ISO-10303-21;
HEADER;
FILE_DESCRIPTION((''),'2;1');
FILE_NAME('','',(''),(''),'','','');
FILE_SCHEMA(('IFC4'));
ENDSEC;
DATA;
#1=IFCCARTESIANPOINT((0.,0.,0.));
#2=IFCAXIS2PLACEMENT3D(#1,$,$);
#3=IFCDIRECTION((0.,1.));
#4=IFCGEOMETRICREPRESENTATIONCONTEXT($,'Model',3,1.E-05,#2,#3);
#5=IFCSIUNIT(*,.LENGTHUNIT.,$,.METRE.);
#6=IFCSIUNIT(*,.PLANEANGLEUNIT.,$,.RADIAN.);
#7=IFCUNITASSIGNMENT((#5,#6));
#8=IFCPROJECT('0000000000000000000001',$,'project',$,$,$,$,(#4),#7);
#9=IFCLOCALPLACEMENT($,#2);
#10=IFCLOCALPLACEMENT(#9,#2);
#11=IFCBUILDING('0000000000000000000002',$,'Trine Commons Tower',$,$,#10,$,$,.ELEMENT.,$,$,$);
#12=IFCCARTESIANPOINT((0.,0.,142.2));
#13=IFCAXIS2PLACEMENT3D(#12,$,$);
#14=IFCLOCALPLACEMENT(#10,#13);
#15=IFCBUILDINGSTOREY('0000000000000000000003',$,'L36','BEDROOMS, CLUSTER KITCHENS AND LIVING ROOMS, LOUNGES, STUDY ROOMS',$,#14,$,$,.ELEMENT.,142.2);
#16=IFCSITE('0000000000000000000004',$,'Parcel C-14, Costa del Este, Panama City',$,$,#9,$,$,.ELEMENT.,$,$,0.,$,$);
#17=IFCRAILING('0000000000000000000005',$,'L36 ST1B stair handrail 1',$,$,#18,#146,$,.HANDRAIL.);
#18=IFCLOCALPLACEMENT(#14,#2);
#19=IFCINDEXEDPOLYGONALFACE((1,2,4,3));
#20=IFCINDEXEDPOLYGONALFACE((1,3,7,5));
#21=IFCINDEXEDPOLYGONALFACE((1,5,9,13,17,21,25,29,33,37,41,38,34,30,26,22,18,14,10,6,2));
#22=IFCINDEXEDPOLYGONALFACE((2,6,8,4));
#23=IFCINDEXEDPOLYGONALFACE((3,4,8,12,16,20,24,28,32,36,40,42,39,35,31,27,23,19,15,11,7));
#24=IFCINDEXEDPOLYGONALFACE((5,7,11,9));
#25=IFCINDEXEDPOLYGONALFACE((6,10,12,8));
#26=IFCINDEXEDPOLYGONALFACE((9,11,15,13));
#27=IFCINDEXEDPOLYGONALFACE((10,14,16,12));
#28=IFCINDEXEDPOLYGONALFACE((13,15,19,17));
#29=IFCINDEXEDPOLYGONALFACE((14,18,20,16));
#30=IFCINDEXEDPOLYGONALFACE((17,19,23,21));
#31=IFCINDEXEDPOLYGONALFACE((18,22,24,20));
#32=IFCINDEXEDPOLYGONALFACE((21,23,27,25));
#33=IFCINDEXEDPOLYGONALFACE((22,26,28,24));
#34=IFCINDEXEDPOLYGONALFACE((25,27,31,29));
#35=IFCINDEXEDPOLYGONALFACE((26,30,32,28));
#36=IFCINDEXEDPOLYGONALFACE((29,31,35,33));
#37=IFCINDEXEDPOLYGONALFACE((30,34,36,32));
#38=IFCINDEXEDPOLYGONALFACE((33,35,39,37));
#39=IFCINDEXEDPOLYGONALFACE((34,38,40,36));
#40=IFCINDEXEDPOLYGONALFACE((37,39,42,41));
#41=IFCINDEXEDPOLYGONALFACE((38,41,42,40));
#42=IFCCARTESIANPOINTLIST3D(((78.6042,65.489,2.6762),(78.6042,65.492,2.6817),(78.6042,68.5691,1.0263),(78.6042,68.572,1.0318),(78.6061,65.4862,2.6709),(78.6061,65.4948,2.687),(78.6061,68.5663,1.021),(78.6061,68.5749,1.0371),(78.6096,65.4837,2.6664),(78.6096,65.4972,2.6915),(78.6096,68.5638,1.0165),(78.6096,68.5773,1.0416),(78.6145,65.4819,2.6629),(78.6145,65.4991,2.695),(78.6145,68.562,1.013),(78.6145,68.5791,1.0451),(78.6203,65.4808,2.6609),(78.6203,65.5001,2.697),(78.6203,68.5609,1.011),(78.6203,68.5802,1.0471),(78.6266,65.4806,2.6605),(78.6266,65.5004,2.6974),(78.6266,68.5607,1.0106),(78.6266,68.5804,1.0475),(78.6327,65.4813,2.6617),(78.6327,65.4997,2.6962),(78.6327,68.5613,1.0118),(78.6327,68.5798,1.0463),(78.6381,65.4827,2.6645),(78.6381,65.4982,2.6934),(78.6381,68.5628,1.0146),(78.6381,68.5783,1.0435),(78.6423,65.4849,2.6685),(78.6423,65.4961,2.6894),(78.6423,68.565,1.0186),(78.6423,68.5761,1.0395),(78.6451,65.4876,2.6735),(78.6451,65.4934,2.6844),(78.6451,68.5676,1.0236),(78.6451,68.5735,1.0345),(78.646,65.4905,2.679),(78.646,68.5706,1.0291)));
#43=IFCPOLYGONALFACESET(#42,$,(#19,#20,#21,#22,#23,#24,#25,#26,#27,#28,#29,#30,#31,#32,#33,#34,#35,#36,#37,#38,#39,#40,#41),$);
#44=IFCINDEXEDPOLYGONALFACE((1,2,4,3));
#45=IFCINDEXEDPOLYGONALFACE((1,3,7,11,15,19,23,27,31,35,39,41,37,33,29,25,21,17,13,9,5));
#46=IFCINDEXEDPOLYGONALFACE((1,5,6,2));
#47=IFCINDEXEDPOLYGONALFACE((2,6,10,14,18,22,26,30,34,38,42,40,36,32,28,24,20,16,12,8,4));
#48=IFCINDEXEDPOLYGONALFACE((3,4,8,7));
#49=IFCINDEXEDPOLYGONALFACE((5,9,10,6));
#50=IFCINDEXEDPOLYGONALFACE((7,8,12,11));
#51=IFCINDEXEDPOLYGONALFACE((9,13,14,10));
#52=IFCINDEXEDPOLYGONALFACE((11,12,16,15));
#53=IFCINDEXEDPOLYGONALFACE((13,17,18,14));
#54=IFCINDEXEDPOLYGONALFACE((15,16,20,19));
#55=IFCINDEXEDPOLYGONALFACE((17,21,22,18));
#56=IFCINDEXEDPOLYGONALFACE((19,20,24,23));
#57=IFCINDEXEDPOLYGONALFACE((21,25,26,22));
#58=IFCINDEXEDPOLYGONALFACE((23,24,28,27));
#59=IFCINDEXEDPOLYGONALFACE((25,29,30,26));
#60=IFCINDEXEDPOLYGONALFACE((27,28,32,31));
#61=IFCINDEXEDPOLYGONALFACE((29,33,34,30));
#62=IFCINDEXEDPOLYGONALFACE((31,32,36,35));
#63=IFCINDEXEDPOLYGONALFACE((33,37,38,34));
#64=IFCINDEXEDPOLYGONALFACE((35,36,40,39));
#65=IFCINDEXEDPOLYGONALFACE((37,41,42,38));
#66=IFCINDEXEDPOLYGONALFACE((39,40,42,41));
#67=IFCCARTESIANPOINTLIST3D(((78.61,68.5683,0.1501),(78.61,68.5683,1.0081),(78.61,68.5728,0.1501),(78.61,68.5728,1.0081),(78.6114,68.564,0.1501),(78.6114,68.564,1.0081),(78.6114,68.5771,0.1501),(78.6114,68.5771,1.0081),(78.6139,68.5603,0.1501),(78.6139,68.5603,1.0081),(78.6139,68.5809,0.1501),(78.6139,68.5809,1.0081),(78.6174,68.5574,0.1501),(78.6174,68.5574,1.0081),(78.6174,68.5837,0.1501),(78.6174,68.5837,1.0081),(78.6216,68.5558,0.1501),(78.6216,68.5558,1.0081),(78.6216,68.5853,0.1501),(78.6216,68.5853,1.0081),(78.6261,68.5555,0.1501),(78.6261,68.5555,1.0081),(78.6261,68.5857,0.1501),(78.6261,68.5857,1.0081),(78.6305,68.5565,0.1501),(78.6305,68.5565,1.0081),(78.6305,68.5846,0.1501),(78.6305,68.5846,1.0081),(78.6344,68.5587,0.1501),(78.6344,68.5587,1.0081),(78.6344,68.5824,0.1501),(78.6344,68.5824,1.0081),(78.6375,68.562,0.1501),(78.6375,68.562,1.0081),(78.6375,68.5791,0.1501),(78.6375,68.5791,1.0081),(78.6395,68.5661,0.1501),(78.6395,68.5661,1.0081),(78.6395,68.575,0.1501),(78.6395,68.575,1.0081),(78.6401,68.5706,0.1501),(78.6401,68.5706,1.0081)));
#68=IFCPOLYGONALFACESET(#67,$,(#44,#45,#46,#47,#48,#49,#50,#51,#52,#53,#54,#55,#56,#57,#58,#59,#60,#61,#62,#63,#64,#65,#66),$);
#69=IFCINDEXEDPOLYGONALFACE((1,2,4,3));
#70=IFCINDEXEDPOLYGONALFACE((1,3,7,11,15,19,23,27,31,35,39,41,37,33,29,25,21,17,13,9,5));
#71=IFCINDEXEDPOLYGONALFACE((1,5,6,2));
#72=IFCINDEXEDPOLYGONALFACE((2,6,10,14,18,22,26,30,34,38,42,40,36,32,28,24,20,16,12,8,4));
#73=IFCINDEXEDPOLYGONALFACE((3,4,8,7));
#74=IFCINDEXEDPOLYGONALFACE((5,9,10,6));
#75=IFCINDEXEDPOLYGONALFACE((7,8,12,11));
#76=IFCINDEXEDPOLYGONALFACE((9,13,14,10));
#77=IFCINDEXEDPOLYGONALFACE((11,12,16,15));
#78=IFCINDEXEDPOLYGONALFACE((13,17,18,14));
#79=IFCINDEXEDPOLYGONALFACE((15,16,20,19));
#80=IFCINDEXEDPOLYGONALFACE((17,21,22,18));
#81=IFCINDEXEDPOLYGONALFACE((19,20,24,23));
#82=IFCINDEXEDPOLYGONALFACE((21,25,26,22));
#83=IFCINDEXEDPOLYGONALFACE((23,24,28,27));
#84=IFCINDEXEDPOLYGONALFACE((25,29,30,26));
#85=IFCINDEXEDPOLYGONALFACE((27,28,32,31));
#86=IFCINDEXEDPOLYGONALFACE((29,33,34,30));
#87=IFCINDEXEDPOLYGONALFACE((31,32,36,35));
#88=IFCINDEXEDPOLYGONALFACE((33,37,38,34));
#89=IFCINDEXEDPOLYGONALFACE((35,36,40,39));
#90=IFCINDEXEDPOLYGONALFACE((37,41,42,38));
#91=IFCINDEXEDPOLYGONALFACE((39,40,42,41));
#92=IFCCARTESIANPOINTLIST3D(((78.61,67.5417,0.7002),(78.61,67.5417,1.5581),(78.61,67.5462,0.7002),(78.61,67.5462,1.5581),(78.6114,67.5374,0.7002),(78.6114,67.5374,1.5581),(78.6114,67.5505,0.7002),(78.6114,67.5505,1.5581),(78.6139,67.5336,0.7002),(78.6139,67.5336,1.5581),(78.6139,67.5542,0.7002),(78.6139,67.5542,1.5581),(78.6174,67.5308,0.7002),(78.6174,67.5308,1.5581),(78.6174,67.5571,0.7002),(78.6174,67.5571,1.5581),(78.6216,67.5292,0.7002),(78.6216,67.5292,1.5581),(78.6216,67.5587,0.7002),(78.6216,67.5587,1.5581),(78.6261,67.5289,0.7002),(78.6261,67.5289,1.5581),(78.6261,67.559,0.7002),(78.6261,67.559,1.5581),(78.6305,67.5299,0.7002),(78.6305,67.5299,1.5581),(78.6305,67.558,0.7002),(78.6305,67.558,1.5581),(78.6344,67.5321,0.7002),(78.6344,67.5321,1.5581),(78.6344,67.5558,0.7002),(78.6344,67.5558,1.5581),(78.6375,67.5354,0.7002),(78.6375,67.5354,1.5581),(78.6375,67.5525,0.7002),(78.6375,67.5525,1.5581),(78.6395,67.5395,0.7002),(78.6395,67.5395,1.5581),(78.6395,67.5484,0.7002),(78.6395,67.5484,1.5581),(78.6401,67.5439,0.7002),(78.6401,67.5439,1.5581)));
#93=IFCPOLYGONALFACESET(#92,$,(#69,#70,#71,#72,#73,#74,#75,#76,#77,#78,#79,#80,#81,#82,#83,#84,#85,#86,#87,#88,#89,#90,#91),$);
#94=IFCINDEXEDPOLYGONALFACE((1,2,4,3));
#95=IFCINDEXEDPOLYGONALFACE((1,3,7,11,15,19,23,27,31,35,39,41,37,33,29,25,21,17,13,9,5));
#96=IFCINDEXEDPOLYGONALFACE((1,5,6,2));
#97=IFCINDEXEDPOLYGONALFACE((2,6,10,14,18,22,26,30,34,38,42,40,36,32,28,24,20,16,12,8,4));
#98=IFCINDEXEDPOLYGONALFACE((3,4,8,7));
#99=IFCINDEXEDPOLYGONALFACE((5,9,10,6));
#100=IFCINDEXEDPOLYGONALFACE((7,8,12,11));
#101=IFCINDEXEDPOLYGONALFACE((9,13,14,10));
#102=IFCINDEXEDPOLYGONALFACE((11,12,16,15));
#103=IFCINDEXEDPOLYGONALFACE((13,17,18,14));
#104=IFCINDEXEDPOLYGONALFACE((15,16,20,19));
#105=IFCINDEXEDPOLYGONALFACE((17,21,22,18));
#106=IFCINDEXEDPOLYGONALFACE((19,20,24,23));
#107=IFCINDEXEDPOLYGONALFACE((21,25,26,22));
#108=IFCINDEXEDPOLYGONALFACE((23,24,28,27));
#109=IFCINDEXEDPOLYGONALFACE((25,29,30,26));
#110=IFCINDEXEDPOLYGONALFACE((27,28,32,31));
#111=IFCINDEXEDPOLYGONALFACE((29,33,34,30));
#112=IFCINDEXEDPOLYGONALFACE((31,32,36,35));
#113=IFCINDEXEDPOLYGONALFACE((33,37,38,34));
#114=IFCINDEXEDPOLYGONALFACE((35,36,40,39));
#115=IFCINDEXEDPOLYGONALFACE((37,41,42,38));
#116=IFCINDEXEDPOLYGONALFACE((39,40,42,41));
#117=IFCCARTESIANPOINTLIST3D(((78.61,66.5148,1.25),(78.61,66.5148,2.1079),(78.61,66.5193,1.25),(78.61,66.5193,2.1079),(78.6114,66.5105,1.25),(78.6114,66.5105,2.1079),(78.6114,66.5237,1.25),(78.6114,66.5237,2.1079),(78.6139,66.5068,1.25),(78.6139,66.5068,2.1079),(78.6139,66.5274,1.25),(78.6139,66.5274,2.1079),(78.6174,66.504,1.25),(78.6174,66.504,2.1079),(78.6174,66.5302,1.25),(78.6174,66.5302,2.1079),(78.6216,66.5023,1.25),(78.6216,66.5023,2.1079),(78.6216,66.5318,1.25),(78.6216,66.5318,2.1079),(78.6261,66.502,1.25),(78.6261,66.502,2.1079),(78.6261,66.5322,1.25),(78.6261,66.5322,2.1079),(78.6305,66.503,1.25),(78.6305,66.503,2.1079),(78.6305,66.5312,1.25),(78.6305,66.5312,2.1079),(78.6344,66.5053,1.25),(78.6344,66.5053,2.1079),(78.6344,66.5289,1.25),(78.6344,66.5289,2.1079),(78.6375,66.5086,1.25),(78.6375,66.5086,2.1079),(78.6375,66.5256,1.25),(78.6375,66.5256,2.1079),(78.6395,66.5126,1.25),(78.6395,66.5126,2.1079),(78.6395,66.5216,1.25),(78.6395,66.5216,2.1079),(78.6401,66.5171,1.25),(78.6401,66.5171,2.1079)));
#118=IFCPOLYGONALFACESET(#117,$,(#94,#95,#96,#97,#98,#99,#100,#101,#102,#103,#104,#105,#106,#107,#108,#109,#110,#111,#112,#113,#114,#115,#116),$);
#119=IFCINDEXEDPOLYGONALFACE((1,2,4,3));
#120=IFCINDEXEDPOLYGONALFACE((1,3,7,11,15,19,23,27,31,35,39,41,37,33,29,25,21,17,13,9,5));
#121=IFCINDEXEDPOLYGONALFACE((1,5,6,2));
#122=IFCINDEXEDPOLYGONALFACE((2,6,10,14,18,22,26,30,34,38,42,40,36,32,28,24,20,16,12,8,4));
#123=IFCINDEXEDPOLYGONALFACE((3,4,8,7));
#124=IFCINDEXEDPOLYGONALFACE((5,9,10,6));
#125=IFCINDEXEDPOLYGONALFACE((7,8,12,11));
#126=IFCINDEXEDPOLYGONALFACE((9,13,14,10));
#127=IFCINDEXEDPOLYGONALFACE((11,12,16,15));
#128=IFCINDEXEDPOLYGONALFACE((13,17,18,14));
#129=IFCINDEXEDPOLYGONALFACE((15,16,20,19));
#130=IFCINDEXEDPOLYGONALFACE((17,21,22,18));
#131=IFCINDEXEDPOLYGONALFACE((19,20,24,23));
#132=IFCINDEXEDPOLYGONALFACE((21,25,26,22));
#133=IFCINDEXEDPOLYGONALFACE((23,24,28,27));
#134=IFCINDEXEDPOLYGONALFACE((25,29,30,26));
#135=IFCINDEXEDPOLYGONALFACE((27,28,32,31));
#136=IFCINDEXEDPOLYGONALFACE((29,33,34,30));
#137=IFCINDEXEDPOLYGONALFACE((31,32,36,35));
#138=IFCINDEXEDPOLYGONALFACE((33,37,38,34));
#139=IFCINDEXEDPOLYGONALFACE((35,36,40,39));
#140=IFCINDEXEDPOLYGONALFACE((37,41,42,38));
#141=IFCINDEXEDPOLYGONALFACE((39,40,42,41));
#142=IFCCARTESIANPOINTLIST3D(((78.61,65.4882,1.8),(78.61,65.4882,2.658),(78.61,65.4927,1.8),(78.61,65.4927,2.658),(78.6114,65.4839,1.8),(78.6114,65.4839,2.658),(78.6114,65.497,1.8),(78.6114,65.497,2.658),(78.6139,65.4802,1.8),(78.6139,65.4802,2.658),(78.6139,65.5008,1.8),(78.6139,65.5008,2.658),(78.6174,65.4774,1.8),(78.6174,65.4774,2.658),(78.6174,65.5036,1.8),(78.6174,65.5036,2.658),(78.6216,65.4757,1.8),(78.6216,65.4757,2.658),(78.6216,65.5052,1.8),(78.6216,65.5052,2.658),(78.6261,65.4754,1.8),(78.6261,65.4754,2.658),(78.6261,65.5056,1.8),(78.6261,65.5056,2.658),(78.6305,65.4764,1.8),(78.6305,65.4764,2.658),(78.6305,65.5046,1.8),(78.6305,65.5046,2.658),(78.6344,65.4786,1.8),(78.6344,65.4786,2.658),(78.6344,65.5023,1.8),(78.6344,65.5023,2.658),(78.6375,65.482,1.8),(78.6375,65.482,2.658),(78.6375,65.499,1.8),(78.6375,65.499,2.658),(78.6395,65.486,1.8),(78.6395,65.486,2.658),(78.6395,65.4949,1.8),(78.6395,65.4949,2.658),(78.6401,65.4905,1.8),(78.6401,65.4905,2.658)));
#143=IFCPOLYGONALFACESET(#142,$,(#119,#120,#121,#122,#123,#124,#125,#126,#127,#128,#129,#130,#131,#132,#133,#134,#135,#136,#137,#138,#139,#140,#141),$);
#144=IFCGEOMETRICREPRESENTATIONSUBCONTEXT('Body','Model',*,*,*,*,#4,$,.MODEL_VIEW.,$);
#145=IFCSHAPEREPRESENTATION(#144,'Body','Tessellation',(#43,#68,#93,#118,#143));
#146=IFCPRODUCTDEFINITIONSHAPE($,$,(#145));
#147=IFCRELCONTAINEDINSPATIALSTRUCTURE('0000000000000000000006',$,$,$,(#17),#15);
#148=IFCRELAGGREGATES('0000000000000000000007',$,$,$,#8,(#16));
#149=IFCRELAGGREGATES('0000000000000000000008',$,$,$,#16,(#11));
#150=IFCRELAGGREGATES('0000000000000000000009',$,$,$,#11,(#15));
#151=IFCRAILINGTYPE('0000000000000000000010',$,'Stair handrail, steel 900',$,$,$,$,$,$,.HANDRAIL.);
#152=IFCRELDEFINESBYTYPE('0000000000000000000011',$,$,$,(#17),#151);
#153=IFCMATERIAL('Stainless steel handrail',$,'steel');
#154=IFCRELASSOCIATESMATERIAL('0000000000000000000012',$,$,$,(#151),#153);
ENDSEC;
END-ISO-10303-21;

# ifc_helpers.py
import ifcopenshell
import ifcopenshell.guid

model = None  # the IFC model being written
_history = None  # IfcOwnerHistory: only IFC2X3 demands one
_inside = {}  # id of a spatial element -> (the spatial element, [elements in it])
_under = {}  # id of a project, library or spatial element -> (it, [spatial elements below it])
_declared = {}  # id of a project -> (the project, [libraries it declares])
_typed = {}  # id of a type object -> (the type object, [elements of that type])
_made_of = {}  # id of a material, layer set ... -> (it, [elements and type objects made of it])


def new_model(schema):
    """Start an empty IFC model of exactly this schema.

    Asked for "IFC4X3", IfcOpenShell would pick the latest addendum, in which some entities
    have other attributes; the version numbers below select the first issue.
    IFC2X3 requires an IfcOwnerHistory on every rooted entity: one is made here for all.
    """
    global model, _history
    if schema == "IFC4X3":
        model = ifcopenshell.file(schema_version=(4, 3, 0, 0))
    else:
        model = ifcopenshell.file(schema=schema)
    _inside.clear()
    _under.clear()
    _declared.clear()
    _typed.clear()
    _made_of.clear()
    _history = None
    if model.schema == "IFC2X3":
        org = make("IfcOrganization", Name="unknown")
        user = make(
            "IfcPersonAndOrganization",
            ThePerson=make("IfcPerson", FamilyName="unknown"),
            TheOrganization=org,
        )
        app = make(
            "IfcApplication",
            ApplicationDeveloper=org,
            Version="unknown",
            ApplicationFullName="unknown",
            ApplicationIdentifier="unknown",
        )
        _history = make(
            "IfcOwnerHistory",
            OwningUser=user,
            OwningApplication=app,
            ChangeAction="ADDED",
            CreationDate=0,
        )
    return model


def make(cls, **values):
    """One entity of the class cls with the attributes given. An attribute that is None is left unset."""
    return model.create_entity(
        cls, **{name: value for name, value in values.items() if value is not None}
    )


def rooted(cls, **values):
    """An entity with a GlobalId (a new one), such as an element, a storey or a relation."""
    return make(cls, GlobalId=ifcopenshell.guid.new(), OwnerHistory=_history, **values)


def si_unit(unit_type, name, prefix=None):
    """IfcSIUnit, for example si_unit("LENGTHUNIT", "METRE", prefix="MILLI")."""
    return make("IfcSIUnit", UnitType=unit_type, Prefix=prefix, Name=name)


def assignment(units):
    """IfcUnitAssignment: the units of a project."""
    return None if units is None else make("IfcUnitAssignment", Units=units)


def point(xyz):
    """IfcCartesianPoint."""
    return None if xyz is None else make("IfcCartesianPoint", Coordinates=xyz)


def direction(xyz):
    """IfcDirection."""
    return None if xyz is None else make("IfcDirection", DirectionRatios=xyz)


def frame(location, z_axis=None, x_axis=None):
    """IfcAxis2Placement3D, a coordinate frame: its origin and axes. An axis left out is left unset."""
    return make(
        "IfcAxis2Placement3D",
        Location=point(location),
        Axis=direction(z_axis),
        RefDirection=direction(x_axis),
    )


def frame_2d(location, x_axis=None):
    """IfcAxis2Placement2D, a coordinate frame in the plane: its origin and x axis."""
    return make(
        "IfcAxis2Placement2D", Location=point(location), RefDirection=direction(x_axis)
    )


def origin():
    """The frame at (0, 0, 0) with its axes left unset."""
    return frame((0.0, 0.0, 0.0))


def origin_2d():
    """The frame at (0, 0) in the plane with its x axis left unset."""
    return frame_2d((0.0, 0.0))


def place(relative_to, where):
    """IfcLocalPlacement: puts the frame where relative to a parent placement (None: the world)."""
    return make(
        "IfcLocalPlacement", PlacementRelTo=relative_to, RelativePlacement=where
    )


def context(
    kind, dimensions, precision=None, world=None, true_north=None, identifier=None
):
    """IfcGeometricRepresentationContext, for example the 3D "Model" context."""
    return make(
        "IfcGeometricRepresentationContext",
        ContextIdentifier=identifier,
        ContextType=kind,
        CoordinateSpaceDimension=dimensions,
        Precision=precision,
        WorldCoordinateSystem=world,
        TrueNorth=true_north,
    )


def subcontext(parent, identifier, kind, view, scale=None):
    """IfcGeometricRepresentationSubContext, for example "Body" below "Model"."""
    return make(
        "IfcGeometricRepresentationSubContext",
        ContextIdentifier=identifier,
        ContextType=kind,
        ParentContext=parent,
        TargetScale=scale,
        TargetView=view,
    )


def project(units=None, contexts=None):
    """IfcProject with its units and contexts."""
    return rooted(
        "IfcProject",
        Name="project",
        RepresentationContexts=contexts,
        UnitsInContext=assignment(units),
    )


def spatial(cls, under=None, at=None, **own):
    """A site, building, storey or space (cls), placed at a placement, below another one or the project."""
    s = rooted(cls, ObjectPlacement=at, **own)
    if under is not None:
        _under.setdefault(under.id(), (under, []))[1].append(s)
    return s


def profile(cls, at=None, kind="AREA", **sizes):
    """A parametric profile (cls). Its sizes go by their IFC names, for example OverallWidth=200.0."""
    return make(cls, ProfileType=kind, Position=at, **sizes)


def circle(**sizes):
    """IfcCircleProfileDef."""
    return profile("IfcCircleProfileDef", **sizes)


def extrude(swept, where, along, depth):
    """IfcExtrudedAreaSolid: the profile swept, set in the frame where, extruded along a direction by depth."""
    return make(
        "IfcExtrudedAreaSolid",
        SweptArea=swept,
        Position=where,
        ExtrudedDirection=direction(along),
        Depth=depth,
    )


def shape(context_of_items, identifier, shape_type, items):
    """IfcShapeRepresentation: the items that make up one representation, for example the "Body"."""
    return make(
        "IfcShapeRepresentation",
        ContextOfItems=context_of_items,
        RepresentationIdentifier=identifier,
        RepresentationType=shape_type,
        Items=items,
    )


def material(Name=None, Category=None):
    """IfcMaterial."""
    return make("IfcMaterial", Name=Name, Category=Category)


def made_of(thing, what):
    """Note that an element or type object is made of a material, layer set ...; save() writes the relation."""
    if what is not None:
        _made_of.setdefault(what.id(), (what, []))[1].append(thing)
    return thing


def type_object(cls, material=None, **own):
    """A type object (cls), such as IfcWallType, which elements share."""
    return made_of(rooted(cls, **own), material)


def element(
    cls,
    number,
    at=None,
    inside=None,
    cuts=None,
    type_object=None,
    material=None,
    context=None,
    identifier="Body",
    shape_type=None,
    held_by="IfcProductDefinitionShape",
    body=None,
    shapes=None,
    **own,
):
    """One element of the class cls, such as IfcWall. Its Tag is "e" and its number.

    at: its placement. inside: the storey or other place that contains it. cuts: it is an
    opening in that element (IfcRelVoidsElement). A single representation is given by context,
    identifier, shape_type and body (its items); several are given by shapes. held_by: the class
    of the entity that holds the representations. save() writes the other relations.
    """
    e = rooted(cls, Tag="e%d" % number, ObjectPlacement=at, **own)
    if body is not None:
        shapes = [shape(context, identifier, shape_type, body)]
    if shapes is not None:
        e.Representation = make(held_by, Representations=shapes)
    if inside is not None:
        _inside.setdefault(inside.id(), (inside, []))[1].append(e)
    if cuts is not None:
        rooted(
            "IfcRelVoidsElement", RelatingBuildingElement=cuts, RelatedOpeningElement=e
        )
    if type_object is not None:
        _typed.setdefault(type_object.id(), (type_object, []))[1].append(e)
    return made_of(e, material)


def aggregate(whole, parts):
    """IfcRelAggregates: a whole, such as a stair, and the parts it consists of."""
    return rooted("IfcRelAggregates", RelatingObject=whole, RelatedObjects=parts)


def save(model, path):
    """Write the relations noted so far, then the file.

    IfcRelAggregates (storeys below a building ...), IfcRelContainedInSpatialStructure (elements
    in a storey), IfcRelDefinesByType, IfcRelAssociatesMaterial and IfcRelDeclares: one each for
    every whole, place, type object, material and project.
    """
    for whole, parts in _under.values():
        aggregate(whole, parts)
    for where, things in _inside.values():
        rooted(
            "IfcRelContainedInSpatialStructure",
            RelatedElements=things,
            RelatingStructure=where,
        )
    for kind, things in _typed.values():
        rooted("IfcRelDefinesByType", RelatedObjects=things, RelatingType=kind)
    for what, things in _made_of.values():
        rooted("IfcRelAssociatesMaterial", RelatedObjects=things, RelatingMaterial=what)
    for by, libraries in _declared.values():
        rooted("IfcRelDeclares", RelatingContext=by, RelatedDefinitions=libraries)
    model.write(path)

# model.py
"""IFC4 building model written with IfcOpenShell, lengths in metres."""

from ifc_helpers import new_model, si_unit, direction, frame, origin, origin_2d, place, context, subcontext, project, spatial, circle, extrude, material, type_object, element, save


model = new_model("IFC4")

# Units and contexts
model_context = context("Model", 3, precision=1e-05, world=origin(), true_north=direction((0.0, 1.0)))
body_context = subcontext(model_context, "Body", "Model", "MODEL_VIEW")
ifc_project = project(units=[si_unit("LENGTHUNIT", "METRE"), si_unit("PLANEANGLEUNIT", "RADIAN")], contexts=[model_context])

# Site, building, storey
site_placement = place(None, origin())
site = spatial("IfcSite", under=ifc_project, at=site_placement, Name="Parcel C-14, Costa del Este, Panama City", CompositionType="ELEMENT", RefElevation=0.0)
building_placement = place(site_placement, origin())
building = spatial("IfcBuilding", under=site, at=building_placement, Name="Trine Commons Tower", CompositionType="ELEMENT")
storey_placement = place(building_placement, frame((0.0, 0.0, 142.2)))
storey = spatial("IfcBuildingStorey", under=building, at=storey_placement, Name="L36", Description="BEDROOMS, CLUSTER KITCHENS AND LIVING ROOMS, LOUNGES, STUDY ROOMS", CompositionType="ELEMENT", Elevation=142.2)

# Railing
ifc_material_1 = material(Name="Stainless steel handrail", Category="steel")
railing_type = type_object("IfcRailingType", Name="Stair handrail, steel 900", PredefinedType="HANDRAIL", material=ifc_material_1)
railing_placement = place(storey_placement, frame((78.625, 68.5706, 0.1501)))
element("IfcRailing", 1, at=railing_placement, inside=storey, type_object=railing_type, Name="L36 ST1B stair handrail 1", PredefinedType="HANDRAIL", context=body_context, shape_type="SweptSolid", body=[
    extrude(circle(Radius=0.021, at=origin_2d()), frame((0.0, 0.0, 0.8789), z_axis=(0.0, -0.881497, 0.47219), x_axis=(1.0, 0.0, 0.0)), (0.0, 0.0, 1.0), 3.4941),
    extrude(circle(Radius=0.0151, at=origin_2d()), origin(), (0.0, 0.0, 1.0), 0.8579),
    extrude(circle(Radius=0.0151, at=origin_2d()), frame((0.0, -1.0266, 0.55)), (0.0, 0.0, 1.0), 0.8579),
    extrude(circle(Radius=0.0151, at=origin_2d()), frame((0.0, -2.0535, 1.0999)), (0.0, 0.0, 1.0), 0.8579),
    extrude(circle(Radius=0.0151, at=origin_2d()), frame((0.0, -3.0801, 1.6499)), (0.0, 0.0, 1.0), 0.8579),
])

save(model, "model.ifc")
